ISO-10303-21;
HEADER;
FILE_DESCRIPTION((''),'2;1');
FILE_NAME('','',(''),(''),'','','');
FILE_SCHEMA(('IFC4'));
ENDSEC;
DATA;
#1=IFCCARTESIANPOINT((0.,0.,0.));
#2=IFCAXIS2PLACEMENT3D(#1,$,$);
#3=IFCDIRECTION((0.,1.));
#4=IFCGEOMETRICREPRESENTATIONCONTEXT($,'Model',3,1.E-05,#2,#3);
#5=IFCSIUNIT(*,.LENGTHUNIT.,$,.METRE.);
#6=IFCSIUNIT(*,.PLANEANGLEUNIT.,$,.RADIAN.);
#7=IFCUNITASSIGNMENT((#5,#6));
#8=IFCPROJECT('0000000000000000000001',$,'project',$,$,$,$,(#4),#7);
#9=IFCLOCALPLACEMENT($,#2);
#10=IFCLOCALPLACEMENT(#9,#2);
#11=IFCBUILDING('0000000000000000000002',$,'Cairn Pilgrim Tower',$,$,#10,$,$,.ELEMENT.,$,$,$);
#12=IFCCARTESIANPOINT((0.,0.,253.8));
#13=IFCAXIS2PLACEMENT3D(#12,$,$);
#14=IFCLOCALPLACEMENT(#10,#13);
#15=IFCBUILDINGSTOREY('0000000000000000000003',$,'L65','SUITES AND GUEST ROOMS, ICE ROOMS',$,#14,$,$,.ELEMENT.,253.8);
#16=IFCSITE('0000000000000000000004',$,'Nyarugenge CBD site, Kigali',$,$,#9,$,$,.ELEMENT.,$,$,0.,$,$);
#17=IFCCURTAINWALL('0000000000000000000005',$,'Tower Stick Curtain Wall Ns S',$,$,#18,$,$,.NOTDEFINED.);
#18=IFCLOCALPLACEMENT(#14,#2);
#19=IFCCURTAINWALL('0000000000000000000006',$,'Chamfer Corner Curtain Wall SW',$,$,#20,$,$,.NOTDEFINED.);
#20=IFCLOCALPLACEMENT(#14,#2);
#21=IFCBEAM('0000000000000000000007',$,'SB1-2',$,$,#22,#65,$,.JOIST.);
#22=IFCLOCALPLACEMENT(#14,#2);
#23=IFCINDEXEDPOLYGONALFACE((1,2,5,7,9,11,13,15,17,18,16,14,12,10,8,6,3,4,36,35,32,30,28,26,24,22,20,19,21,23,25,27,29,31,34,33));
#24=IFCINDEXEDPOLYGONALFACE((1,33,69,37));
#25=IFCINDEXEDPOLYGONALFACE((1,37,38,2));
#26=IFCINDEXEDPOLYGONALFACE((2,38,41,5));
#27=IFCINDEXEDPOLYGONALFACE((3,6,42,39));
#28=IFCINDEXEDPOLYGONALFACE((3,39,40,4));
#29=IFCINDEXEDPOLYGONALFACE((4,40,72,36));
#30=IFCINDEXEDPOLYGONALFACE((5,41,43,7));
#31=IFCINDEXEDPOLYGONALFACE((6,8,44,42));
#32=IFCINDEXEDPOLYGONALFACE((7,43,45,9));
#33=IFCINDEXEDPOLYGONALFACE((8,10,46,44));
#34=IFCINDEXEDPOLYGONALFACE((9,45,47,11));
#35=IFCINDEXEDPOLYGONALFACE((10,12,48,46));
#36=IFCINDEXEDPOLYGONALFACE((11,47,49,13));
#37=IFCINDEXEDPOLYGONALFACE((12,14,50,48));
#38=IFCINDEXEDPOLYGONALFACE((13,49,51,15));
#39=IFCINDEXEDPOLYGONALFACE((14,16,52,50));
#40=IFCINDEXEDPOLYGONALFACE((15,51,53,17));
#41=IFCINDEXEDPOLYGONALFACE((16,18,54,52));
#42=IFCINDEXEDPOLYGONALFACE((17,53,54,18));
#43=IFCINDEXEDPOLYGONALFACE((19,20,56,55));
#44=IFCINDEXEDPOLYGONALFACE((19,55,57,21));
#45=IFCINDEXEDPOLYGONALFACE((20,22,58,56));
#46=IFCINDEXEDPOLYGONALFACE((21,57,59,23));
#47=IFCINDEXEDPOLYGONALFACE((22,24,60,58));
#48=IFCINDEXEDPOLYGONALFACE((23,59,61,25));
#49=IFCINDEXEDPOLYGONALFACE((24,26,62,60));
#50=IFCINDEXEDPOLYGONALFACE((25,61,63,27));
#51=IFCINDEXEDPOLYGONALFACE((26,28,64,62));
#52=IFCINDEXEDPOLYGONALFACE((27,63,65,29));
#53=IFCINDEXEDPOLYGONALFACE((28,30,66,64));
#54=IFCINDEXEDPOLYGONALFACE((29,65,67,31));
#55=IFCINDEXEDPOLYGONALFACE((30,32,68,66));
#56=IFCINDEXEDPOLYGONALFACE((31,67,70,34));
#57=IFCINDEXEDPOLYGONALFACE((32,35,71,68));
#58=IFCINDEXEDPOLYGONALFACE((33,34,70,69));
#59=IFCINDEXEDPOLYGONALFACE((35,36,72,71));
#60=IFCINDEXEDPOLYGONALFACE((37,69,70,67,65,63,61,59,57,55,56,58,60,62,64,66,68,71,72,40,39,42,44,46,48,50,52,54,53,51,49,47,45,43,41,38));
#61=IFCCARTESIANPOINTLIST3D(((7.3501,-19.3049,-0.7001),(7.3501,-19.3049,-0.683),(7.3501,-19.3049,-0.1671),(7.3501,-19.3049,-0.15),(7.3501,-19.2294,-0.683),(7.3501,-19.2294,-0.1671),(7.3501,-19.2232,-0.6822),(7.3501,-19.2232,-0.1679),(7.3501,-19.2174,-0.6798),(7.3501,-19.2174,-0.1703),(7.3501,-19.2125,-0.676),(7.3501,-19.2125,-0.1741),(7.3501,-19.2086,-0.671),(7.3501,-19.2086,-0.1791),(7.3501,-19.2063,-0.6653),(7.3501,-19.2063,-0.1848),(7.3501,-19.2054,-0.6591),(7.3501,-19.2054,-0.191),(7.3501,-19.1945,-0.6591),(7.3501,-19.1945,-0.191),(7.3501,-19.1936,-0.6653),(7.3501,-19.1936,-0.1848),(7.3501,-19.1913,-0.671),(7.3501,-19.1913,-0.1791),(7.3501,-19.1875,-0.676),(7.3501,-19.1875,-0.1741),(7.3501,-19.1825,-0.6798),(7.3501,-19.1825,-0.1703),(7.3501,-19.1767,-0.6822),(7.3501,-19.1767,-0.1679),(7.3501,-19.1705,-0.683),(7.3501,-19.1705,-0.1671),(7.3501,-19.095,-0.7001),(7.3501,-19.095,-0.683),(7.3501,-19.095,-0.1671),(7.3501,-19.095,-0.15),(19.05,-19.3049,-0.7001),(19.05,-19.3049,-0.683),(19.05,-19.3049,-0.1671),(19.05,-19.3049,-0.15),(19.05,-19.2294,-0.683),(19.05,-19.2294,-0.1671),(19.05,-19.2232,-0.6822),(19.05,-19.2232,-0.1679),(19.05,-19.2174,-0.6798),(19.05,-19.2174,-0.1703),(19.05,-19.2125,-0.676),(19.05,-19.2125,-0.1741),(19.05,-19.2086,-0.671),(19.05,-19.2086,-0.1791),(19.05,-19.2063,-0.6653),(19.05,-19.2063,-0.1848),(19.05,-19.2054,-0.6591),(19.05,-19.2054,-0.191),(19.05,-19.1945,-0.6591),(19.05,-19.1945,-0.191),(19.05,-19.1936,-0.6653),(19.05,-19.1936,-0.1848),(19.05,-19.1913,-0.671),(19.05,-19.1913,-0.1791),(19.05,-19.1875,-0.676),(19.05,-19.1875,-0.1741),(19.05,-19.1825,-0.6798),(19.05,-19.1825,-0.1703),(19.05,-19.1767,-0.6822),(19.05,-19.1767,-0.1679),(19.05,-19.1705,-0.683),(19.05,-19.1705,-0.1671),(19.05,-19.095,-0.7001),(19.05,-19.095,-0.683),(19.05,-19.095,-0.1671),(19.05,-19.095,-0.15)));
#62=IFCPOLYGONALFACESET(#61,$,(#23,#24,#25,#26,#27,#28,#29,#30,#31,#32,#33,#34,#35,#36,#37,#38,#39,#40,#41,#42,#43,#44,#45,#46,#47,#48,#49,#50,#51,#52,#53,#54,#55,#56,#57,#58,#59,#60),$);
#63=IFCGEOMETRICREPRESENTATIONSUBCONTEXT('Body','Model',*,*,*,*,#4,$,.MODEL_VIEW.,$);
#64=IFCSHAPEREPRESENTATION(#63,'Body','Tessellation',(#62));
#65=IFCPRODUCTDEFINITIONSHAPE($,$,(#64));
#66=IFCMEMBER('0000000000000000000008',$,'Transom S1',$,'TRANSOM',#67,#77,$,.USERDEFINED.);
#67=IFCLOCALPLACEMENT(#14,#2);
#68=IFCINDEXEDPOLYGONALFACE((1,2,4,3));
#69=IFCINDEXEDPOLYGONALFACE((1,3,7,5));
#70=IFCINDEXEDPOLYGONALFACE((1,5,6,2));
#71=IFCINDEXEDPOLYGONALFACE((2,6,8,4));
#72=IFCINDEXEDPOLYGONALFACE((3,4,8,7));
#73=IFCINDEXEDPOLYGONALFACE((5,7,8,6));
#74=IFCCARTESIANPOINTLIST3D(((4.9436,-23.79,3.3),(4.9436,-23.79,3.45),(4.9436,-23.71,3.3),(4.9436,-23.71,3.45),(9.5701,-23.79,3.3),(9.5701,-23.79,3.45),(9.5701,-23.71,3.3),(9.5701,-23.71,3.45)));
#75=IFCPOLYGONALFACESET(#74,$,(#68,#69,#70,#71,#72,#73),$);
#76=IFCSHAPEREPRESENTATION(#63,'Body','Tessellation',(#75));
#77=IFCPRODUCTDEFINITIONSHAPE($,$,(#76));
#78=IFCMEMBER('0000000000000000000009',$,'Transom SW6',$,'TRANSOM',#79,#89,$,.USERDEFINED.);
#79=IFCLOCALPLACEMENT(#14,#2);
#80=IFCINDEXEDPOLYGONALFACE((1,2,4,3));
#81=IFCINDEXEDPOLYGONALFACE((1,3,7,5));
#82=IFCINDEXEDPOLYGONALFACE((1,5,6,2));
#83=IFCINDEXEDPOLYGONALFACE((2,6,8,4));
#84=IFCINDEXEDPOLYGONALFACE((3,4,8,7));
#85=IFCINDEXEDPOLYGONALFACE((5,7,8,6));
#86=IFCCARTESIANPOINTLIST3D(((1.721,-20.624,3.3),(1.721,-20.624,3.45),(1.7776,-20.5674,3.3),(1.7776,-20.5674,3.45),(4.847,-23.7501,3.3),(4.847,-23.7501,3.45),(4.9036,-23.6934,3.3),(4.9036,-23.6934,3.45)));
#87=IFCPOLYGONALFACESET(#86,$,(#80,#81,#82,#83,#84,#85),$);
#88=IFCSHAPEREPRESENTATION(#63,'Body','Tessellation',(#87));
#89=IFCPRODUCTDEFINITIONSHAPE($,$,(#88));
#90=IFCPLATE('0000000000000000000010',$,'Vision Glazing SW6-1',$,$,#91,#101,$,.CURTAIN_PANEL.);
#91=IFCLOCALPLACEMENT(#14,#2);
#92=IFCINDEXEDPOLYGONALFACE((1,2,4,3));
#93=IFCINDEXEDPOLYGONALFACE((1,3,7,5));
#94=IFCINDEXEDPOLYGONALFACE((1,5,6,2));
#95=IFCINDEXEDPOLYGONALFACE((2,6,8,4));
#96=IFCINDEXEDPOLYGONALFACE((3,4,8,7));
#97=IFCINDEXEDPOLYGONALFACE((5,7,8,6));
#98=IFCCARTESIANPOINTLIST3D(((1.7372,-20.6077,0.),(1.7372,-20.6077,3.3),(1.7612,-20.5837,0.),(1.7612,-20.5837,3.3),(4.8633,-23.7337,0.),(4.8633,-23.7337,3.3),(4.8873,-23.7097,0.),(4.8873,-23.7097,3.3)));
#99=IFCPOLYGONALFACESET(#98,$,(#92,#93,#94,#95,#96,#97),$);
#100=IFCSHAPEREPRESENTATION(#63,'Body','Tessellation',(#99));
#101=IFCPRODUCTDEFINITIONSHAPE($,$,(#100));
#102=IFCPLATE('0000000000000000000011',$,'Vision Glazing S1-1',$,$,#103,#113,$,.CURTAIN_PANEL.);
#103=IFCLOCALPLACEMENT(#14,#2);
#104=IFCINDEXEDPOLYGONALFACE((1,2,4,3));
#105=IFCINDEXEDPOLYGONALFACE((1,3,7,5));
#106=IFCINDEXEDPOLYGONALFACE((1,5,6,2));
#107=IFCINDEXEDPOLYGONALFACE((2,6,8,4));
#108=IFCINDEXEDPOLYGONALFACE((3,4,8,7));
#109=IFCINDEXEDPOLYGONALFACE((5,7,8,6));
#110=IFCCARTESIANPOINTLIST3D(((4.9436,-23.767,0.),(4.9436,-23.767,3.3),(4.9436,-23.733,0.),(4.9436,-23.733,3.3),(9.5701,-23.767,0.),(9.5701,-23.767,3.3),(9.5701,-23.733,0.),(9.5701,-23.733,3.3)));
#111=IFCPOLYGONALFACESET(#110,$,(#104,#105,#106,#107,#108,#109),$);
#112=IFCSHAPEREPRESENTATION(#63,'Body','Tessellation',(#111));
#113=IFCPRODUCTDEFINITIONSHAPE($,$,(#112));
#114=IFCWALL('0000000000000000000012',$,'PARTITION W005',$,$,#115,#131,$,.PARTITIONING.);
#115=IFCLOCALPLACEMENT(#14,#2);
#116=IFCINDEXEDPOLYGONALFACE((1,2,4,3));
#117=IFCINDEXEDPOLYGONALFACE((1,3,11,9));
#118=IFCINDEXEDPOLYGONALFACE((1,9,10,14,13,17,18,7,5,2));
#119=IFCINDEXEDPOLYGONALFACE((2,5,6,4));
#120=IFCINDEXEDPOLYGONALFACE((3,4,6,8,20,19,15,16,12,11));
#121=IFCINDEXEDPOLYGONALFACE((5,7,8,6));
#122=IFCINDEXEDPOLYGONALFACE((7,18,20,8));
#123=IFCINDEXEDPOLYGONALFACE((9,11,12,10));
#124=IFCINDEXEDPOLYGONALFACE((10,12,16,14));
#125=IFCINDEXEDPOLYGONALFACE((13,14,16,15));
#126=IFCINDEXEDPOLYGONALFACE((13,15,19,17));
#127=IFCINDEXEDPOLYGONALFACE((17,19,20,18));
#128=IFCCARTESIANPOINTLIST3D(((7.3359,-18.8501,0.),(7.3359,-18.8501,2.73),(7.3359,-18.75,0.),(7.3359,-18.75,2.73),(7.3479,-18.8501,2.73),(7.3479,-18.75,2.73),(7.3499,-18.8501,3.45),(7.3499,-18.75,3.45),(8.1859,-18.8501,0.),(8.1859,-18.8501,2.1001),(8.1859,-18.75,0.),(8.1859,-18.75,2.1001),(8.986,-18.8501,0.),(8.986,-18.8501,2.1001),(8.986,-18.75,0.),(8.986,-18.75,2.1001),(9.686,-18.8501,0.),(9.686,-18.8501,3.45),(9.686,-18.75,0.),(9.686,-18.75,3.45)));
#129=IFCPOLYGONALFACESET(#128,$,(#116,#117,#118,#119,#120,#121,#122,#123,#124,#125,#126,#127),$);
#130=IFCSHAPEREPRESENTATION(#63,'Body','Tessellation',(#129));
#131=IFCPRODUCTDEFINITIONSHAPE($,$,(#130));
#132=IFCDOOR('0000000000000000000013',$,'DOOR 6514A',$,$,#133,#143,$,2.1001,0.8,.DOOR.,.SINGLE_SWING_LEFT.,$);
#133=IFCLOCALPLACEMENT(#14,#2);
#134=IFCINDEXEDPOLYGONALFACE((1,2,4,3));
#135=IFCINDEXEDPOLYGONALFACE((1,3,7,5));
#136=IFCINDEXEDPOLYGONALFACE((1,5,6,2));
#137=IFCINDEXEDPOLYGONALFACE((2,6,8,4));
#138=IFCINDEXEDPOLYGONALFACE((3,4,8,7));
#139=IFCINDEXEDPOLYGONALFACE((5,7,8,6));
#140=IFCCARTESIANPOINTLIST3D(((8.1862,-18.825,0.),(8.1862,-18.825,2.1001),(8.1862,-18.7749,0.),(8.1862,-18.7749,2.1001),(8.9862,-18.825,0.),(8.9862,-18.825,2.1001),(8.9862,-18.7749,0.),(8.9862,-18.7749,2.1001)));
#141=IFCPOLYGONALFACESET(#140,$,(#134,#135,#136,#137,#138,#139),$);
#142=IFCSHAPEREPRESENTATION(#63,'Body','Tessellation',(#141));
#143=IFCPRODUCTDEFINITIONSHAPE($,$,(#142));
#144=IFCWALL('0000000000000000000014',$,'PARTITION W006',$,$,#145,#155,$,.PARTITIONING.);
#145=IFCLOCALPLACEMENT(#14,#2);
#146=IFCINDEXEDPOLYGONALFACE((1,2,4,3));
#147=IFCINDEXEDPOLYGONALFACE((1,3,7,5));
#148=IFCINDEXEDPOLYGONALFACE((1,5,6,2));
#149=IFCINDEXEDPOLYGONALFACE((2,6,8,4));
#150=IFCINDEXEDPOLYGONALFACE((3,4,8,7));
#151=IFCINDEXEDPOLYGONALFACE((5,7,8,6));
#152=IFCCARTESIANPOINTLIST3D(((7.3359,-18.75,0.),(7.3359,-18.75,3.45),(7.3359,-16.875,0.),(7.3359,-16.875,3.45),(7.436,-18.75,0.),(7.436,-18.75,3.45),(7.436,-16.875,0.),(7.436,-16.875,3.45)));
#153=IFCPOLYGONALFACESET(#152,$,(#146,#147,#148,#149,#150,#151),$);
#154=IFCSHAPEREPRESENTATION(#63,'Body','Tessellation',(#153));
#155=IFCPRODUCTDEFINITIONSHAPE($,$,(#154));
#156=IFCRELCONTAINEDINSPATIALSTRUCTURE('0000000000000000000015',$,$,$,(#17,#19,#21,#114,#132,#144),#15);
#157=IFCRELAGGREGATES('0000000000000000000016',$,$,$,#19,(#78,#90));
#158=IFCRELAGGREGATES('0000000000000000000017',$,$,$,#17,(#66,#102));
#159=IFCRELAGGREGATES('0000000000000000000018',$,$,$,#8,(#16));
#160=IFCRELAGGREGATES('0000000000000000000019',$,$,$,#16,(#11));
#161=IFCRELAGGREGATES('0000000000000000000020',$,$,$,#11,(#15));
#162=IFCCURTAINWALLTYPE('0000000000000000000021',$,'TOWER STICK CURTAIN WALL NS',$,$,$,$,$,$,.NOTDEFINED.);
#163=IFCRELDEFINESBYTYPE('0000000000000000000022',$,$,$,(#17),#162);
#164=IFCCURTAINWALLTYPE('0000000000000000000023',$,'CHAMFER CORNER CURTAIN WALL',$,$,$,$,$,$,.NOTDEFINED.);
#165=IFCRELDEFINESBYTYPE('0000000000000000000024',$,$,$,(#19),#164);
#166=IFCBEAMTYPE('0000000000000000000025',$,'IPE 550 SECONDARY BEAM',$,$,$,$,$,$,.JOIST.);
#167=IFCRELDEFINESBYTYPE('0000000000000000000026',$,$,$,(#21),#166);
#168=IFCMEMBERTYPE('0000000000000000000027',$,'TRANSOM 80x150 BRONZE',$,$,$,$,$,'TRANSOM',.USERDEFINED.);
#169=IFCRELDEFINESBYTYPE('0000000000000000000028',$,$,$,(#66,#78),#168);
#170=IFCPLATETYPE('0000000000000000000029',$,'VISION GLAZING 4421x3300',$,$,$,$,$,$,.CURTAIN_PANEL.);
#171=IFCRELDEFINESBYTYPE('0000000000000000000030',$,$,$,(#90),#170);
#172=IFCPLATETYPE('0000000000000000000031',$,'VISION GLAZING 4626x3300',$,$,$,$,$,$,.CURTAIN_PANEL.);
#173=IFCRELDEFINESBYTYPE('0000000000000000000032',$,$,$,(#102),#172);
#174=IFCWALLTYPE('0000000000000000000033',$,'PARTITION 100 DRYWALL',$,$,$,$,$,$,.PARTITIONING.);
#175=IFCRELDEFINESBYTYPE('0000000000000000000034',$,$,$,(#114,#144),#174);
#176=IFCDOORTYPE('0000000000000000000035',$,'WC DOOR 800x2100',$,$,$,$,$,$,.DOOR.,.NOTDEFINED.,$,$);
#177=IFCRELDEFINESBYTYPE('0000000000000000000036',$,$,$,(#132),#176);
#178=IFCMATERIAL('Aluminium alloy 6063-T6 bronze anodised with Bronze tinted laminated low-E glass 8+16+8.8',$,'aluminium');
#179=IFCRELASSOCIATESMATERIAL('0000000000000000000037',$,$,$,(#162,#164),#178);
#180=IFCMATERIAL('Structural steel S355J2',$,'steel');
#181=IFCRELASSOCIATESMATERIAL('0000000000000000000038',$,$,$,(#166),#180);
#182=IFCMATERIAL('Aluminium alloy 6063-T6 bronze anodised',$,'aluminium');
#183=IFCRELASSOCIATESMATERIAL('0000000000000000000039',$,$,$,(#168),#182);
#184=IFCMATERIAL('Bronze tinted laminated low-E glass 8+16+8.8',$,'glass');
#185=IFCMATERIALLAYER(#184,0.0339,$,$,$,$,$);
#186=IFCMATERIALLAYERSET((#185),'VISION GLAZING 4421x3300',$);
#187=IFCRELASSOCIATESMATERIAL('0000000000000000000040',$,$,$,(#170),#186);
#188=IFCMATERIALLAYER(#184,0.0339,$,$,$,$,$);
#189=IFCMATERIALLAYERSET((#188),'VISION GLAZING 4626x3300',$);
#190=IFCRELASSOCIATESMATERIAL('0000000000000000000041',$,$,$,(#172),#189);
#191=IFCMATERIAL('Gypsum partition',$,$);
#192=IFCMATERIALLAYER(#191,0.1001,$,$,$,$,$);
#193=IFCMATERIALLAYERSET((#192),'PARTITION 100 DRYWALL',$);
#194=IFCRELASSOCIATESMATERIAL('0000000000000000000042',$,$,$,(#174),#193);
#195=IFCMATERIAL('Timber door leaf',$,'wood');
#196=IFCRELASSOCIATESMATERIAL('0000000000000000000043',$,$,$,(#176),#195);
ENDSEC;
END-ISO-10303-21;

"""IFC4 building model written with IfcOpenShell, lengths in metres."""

from ifc_helpers import new_model, si_unit, direction, frame, frame_2d, origin, origin_2d, place, context, subcontext, project, spatial, polyline, rectangle, i_section, outline, extrude, material, layer, layer_set, material_profile, profile_set, type_object, element, fill, aggregate, save


model = new_model("IFC4")

# Units and contexts
model_context = context("Model", 3, precision=1e-05, world=origin(), true_north=direction((0.0, 1.0)))
body_context = subcontext(model_context, "Body", "Model", "MODEL_VIEW")
ifc_project = project(units=[si_unit("LENGTHUNIT", "METRE"), si_unit("PLANEANGLEUNIT", "RADIAN")], contexts=[model_context])

# Site, building, storey
site_placement = place(None, origin())
site = spatial("IfcSite", under=ifc_project, at=site_placement, Name="Nyarugenge CBD site, Kigali", CompositionType="ELEMENT", RefElevation=0.0)
building_placement = place(site_placement, origin())
building = spatial("IfcBuilding", under=site, at=building_placement, Name="Cairn Pilgrim Tower", CompositionType="ELEMENT")
storey_placement = place(building_placement, frame((0.0, 0.0, 253.8)))
storey = spatial("IfcBuildingStorey", under=building, at=storey_placement, Name="L65", Description="SUITES AND GUEST ROOMS, ICE ROOMS", CompositionType="ELEMENT", Elevation=253.8)

# Curtain wall
ifc_material_1 = material(Name="Aluminium alloy 6063-T6 bronze anodised with Bronze tinted laminated low-E glass 8+16+8.8", Category="aluminium")
curtain_wall_type_1 = type_object("IfcCurtainWallType", Name="TOWER STICK CURTAIN WALL NS", PredefinedType="NOTDEFINED", material=ifc_material_1)
curtain_wall_1_placement = place(storey_placement, origin())
curtain_wall_1 = element("IfcCurtainWall", 1, at=curtain_wall_1_placement, inside=storey, type_object=curtain_wall_type_1, Name="Tower Stick Curtain Wall Ns S", PredefinedType="NOTDEFINED")
ifc_material_2 = material(Name="Aluminium alloy 6063-T6 bronze anodised", Category="aluminium")

# Curtain wall
curtain_wall_type_2 = type_object("IfcCurtainWallType", Name="CHAMFER CORNER CURTAIN WALL", PredefinedType="NOTDEFINED", material=ifc_material_1)
curtain_wall_2_placement = place(storey_placement, origin())
curtain_wall_2 = element("IfcCurtainWall", 2, at=curtain_wall_2_placement, inside=storey, type_object=curtain_wall_type_2, Name="Chamfer Corner Curtain Wall SW", PredefinedType="NOTDEFINED")

# Beam
ifc_material_3 = material(Name="Structural steel S355J2", Category="steel")
ifc_material_profile_1 = material_profile(ifc_material_3, i_section(OverallWidth=0.21, OverallDepth=0.55, WebThickness=0.011, FlangeThickness=0.0171, FilletRadius=0.0239, at=origin_2d()), Name="IPE 550")
ifc_profile_set_1 = profile_set([ifc_material_profile_1], Name="Structural steel S355J2")
beam_type_1 = type_object("IfcBeamType", Name="IPE 550 SECONDARY BEAM", PredefinedType="JOIST", material=ifc_profile_set_1)
beam_1_placement = place(storey_placement, frame((7.3501, -19.2, -0.425), z_axis=(1.0, 0.0, 0.0), x_axis=(0.0, 1.0, 0.0)))
element("IfcBeam", 3, at=beam_1_placement, inside=storey, type_object=beam_type_1, Name="SB1-2", PredefinedType="JOIST", context=body_context, shape_type="SweptSolid", body=[
    extrude(i_section(OverallWidth=0.21, OverallDepth=0.55, WebThickness=0.011, FlangeThickness=0.0171, FilletRadius=0.0239, at=origin_2d()), origin(), (0.0, 0.0, 1.0), 11.7),
])

# Members
ifc_material_profile_2 = material_profile(ifc_material_2, rectangle(XDim=0.0801, YDim=0.1499, at=origin_2d()), Name="TRANSOM 80x150 BRONZE")
ifc_profile_set_2 = profile_set([ifc_material_profile_2], Name="Aluminium alloy 6063-T6 bronze anodised")
member_type_1 = type_object("IfcMemberType", Name="TRANSOM 80x150 BRONZE", ElementType="TRANSOM", PredefinedType="USERDEFINED", material=ifc_profile_set_2)
member_1_placement = place(storey_placement, frame((4.9436, -23.75, 3.375), z_axis=(1.0, 0.0, 0.0), x_axis=(0.0, 1.0, 0.0)))
member_1 = element("IfcMember", 4, at=member_1_placement, type_object=member_type_1, Name="Transom S1", ObjectType="TRANSOM", PredefinedType="USERDEFINED", context=body_context, shape_type="SweptSolid", body=[
    extrude(rectangle(XDim=0.0801, YDim=0.1499, at=origin_2d()), origin(), (0.0, 0.0, 1.0), 4.6265),
])
member_2_placement = place(storey_placement, frame((1.7493, -20.5957, 3.375), z_axis=(0.707107, -0.707107, 0.0), x_axis=(0.707107, 0.707107, 0.0)))
member_2 = element("IfcMember", 5, at=member_2_placement, type_object=member_type_1, Name="Transom SW6", ObjectType="TRANSOM", PredefinedType="USERDEFINED", context=body_context, shape_type="SweptSolid", body=[
    extrude(rectangle(XDim=0.0801, YDim=0.1499, at=origin_2d()), origin(), (0.0, 0.0, 1.0), 4.4209),
])

# Plates
ifc_material_4 = material(Name="Bronze tinted laminated low-E glass 8+16+8.8", Category="glass")
ifc_layer_1 = layer(ifc_material_4, 0.0339)
ifc_layer_set_1 = layer_set([ifc_layer_1], Name="VISION GLAZING 4421x3300")
plate_type_1 = type_object("IfcPlateType", Name="VISION GLAZING 4421x3300", PredefinedType="CURTAIN_PANEL", material=ifc_layer_set_1)
plate_1_placement = place(storey_placement, frame((3.3123, -22.1587, 0.0), z_axis=(0.0, 0.0, 1.0), x_axis=(0.707107, -0.707107, 0.0)))
plate_1 = element("IfcPlate", 6, at=plate_1_placement, type_object=plate_type_1, Name="Vision Glazing SW6-1", PredefinedType="CURTAIN_PANEL", context=body_context, shape_type="SweptSolid", body=[
    extrude(rectangle(XDim=4.4209, YDim=0.0339, at=origin_2d()), origin(), (0.0, 0.0, 1.0), 3.3),
])
aggregate(curtain_wall_2, [member_2, plate_1])
ifc_layer_2 = layer(ifc_material_4, 0.0339)
ifc_layer_set_2 = layer_set([ifc_layer_2], Name="VISION GLAZING 4626x3300")
plate_type_2 = type_object("IfcPlateType", Name="VISION GLAZING 4626x3300", PredefinedType="CURTAIN_PANEL", material=ifc_layer_set_2)
plate_2_placement = place(storey_placement, frame((7.2568, -23.75, 0.0), z_axis=(0.0, 0.0, 1.0), x_axis=(1.0, 0.0, 0.0)))
plate_2 = element("IfcPlate", 7, at=plate_2_placement, type_object=plate_type_2, Name="Vision Glazing S1-1", PredefinedType="CURTAIN_PANEL", context=body_context, shape_type="SweptSolid", body=[
    extrude(rectangle(XDim=4.6265, YDim=0.0339, at=origin_2d()), origin(), (0.0, 0.0, 1.0), 3.3),
])
aggregate(curtain_wall_1, [member_1, plate_2])

# Wall, opening, door
ifc_material_5 = material(Name="Gypsum partition")
ifc_layer_3 = layer(ifc_material_5, 0.1001)
ifc_layer_set_3 = layer_set([ifc_layer_3], Name="PARTITION 100 DRYWALL")
wall_type_1 = type_object("IfcWallType", Name="PARTITION 100 DRYWALL", PredefinedType="PARTITIONING", material=ifc_layer_set_3)
wall_1_placement = place(storey_placement, frame((7.3359, -18.8, 0.0), z_axis=(0.0, 0.0, 1.0), x_axis=(1.0, 0.0, 0.0)))
wall_1 = element("IfcWall", 8, at=wall_1_placement, inside=storey, type_object=wall_type_1, Name="PARTITION W005", PredefinedType="PARTITIONING", context=body_context, shape_type="SweptSolid", body=[
    extrude(outline(polyline([(0.0, 0.0), (2.3501, 0.0), (2.3501, 3.45), (0.0139, 3.45), (0.012, 2.73), (0.0, 2.73), (0.0, 0.0)])), frame((0.0, 0.05, 0.0), z_axis=(0.0, -1.0, 0.0), x_axis=(1.0, 0.0, 0.0)), (0.0, 0.0, 1.0), 0.1001),
])
opening_1_placement = place(wall_1_placement, frame((0.8501, 0.0, 0.0)))
opening_1 = element("IfcOpeningElement", 9, at=opening_1_placement, cuts=wall_1, PredefinedType="OPENING", context=body_context, shape_type="SweptSolid", body=[
    extrude(rectangle(XDim=0.8, YDim=2.1001, at=frame_2d((0.3999, 1.05))), frame((0.0, 0.0601, 0.0), z_axis=(0.0, -1.0, 0.0), x_axis=(1.0, 0.0, 0.0)), (0.0, 0.0, 1.0), 0.1201),
])
ifc_material_6 = material(Name="Timber door leaf", Category="wood")
door_type_1 = type_object("IfcDoorType", Name="WC DOOR 800x2100", OperationType="NOTDEFINED", PredefinedType="DOOR", material=ifc_material_6)
door_1_placement = place(opening_1_placement, frame((0.8, 0.0, 0.0), z_axis=(0.0, 0.0, 1.0), x_axis=(-1.0, 0.0, 0.0)))
door_1 = element("IfcDoor", 10, at=door_1_placement, inside=storey, type_object=door_type_1, Name="DOOR 6514A", OperationType="SINGLE_SWING_LEFT", OverallHeight=2.1001, OverallWidth=0.8, PredefinedType="DOOR", context=body_context, shape_type="SweptSolid", body=[
    extrude(rectangle(XDim=0.8, YDim=2.1001, at=frame_2d((0.3999, 1.05))), frame((0.0, 0.0249, 0.0), z_axis=(0.0, -1.0, 0.0), x_axis=(1.0, 0.0, 0.0)), (0.0, 0.0, 1.0), 0.05),
])
fill(opening_1, door_1)

# Wall
wall_2_placement = place(storey_placement, frame((7.386, -18.75, 0.0), z_axis=(0.0, 0.0, 1.0), x_axis=(0.0, 1.0, 0.0)))
element("IfcWall", 11, at=wall_2_placement, inside=storey, type_object=wall_type_1, Name="PARTITION W006", PredefinedType="PARTITIONING", context=body_context, shape_type="SweptSolid", body=[
    extrude(rectangle(XDim=1.875, YDim=0.1001, at=frame_2d((0.9375, 0.0))), origin(), (0.0, 0.0, 1.0), 3.45),
])

save(model, "model.ifc")
